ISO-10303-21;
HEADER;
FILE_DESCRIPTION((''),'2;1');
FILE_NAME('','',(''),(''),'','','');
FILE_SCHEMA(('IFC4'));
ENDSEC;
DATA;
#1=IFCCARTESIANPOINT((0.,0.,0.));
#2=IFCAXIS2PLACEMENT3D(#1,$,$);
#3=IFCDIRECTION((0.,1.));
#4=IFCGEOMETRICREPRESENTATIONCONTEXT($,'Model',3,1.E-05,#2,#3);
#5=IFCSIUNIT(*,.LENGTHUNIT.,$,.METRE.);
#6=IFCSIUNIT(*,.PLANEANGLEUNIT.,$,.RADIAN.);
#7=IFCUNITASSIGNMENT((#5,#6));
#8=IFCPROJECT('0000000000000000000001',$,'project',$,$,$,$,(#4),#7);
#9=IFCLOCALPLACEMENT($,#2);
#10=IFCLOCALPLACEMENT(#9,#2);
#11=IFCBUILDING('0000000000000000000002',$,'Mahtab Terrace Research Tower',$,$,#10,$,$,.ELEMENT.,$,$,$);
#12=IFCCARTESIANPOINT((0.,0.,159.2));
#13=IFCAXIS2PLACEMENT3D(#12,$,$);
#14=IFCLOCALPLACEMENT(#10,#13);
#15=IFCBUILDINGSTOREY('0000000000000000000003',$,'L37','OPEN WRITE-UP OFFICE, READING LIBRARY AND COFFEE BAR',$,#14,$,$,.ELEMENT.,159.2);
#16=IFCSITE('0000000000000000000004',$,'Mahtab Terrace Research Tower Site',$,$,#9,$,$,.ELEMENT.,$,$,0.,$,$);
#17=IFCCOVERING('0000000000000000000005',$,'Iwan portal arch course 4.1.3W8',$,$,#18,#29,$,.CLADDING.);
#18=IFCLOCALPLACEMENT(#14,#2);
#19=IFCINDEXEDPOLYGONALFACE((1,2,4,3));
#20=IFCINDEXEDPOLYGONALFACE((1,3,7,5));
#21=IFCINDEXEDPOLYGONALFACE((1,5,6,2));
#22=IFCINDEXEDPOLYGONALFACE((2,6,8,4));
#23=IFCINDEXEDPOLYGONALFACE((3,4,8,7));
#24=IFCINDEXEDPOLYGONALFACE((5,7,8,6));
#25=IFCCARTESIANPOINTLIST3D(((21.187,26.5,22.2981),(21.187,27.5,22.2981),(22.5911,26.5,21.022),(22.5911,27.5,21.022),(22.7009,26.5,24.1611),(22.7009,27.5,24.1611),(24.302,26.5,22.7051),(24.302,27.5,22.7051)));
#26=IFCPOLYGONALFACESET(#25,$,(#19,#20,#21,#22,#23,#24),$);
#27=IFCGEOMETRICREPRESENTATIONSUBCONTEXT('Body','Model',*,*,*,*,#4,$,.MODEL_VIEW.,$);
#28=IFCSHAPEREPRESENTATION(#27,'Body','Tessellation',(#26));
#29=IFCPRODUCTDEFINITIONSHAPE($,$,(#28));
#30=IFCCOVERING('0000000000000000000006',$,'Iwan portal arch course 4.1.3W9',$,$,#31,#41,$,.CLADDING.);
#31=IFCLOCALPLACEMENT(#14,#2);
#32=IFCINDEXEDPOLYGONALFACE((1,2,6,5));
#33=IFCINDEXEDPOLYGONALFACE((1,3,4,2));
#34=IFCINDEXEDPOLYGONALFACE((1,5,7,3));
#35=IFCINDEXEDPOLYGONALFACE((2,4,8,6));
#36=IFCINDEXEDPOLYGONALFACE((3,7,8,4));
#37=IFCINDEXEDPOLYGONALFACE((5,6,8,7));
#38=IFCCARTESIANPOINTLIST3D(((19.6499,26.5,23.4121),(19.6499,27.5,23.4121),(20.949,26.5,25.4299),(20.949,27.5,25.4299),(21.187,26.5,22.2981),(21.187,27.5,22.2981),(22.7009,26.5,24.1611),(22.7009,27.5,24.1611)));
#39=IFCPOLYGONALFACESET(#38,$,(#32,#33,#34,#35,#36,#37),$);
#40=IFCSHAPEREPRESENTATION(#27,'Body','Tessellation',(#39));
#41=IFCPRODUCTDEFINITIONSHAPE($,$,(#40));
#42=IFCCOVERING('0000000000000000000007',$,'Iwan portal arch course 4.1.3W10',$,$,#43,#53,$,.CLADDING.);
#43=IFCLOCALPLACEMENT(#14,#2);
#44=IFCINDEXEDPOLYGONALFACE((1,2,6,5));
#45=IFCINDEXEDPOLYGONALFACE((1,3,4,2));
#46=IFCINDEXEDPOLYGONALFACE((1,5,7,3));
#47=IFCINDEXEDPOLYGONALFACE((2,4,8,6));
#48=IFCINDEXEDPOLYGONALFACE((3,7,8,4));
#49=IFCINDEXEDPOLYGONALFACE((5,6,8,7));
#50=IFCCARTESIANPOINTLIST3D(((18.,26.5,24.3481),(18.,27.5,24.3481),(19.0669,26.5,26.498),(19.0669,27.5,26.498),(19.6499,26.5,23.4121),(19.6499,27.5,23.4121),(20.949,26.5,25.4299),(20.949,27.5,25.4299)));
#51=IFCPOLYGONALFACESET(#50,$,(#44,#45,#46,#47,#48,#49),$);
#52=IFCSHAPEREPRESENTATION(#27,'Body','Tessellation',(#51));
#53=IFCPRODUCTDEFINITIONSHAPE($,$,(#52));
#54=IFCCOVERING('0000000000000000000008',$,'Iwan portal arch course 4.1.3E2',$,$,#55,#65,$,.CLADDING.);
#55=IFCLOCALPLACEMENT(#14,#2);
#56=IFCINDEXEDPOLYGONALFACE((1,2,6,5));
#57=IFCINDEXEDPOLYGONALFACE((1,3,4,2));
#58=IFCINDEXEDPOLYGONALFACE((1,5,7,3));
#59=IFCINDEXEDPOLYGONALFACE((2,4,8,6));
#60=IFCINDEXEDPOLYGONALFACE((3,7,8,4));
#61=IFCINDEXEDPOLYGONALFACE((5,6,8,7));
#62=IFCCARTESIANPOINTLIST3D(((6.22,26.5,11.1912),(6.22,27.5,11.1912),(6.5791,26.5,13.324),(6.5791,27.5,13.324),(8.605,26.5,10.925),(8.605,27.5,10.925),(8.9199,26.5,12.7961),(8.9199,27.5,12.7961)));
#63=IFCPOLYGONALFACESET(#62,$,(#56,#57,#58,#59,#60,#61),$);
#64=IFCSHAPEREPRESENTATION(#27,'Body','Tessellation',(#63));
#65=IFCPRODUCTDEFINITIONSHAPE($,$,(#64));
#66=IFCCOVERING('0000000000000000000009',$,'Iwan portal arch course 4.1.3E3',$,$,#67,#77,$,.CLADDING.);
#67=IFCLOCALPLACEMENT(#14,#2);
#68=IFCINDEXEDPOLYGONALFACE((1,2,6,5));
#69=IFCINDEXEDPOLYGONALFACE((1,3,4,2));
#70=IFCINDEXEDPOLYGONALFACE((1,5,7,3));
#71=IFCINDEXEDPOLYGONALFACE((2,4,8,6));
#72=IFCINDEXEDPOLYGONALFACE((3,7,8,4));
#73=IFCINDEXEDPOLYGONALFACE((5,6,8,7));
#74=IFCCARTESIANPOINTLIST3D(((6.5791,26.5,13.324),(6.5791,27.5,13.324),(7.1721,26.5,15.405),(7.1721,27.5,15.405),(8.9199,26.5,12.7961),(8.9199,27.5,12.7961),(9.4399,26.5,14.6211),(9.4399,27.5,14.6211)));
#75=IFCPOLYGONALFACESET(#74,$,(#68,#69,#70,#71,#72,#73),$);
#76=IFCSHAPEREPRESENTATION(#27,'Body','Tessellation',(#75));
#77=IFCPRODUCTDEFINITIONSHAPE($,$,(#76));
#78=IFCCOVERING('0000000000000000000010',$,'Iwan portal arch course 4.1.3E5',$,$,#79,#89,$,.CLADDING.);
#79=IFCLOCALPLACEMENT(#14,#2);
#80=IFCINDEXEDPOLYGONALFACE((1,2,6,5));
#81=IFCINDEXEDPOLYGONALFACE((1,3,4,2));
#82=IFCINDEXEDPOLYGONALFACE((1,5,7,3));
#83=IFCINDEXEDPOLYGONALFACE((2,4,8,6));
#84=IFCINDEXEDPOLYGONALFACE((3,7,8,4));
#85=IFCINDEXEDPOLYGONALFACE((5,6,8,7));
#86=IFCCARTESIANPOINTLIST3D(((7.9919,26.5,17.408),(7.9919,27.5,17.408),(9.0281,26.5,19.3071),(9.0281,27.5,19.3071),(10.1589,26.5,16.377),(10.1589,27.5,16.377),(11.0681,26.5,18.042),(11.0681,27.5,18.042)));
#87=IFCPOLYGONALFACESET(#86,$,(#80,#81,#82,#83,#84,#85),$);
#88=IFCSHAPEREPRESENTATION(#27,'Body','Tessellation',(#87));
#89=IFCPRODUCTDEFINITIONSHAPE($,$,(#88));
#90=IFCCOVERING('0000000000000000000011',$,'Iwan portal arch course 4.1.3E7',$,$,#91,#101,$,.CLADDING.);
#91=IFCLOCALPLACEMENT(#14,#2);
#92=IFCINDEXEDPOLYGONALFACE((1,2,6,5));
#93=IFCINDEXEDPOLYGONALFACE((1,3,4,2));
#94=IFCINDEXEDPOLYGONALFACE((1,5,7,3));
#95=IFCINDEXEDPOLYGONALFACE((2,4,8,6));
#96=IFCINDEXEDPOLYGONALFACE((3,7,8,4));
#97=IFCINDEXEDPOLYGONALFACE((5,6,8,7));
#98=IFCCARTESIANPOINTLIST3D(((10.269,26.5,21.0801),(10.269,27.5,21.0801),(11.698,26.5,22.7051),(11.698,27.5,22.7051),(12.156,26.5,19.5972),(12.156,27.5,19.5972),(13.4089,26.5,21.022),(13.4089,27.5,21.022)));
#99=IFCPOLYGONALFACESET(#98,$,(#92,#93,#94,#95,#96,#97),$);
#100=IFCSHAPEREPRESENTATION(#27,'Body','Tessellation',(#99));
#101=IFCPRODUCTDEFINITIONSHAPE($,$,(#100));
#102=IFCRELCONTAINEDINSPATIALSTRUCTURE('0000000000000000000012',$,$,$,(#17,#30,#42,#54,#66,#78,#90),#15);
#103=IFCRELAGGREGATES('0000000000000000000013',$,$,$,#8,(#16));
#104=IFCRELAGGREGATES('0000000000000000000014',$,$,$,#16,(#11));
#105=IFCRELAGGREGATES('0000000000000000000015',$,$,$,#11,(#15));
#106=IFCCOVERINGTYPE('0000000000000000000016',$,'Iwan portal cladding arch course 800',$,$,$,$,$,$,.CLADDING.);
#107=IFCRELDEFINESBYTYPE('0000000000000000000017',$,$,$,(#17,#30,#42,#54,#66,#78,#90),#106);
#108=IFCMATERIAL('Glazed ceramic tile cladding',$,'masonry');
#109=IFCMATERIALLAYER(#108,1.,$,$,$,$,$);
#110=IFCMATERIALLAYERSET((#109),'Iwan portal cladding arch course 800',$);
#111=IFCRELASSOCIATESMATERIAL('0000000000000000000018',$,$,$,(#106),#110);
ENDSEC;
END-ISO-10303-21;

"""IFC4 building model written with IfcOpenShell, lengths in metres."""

from ifc_helpers import new_model, si_unit, direction, frame, origin, place, context, subcontext, project, spatial, polyline, outline, extrude, material, layer, layer_set, type_object, element, save


model = new_model("IFC4")

# Units and contexts
model_context = context("Model", 3, precision=1e-05, world=origin(), true_north=direction((0.0, 1.0)))
body_context = subcontext(model_context, "Body", "Model", "MODEL_VIEW")
ifc_project = project(units=[si_unit("LENGTHUNIT", "METRE"), si_unit("PLANEANGLEUNIT", "RADIAN")], contexts=[model_context])

# Site, building, storey
site_placement = place(None, origin())
site = spatial("IfcSite", under=ifc_project, at=site_placement, Name="Mahtab Terrace Research Tower Site", CompositionType="ELEMENT", RefElevation=0.0)
building_placement = place(site_placement, origin())
building = spatial("IfcBuilding", under=site, at=building_placement, Name="Mahtab Terrace Research Tower", CompositionType="ELEMENT")
storey_placement = place(building_placement, frame((0.0, 0.0, 159.2)))
storey = spatial("IfcBuildingStorey", under=building, at=storey_placement, Name="L37", Description="OPEN WRITE-UP OFFICE, READING LIBRARY AND COFFEE BAR", CompositionType="ELEMENT", Elevation=159.2)

# Coverings
ifc_material_1 = material(Name="Glazed ceramic tile cladding", Category="masonry")
ifc_layer = layer(ifc_material_1, 1.0)
ifc_layer_set = layer_set([ifc_layer], Name="Iwan portal cladding arch course 800")
covering_type = type_object("IfcCoveringType", Name="Iwan portal cladding arch course 800", PredefinedType="CLADDING", material=ifc_layer_set)
covering_1_placement = place(storey_placement, frame((24.302, 26.5, 22.7051), z_axis=(0.0, -1.0, 0.0), x_axis=(-0.739818, 0.0, 0.672808)))
element("IfcCovering", 1, at=covering_1_placement, inside=storey, type_object=covering_type, Name="Iwan portal arch course 4.1.3W8", PredefinedType="CLADDING", context=body_context, shape_type="SweptSolid", body=[
    extrude(outline(polyline([(0.0, 0.0), (2.1641, 0.0), (2.0307, 2.3969), (0.1334, 2.3963), (0.0, 0.0)])), origin(), (0.0, 0.0, -1.0), 1.0),
])
covering_2_placement = place(storey_placement, frame((22.7009, 26.5, 24.1611), z_axis=(0.0, -1.0, 0.0), x_axis=(-0.809911, 0.0, 0.586553)))
element("IfcCovering", 2, at=covering_2_placement, inside=storey, type_object=covering_type, Name="Iwan portal arch course 4.1.3W9", PredefinedType="CLADDING", context=body_context, shape_type="SweptSolid", body=[
    extrude(outline(polyline([(0.0, 0.0), (2.1631, 0.0), (2.0317, 2.3962), (0.1334, 2.3969), (0.0, 0.0)])), origin(), (0.0, 0.0, -1.0), 1.0),
])
covering_3_placement = place(storey_placement, frame((20.949, 26.5, 25.4299), z_axis=(0.0, -1.0, 0.0), x_axis=(-0.869704, 0.0, 0.493573)))
element("IfcCovering", 3, at=covering_3_placement, inside=storey, type_object=covering_type, Name="Iwan portal arch course 4.1.3W10", PredefinedType="CLADDING", context=body_context, shape_type="SweptSolid", body=[
    extrude(outline(polyline([(0.0, 0.0), (2.164, 0.0), (2.0308, 2.3964), (0.1339, 2.3961), (0.0, 0.0)])), origin(), (0.0, 0.0, -1.0), 1.0),
])
covering_4_placement = place(storey_placement, frame((8.605, 26.5, 10.925), z_axis=(0.0, -1.0, 0.0), x_axis=(0.165985, 0.0, 0.986128)))
element("IfcCovering", 4, at=covering_4_placement, inside=storey, type_object=covering_type, Name="Iwan portal arch course 4.1.3E2", PredefinedType="CLADDING", context=body_context, shape_type="SweptSolid", body=[
    extrude(outline(polyline([(0.0, 0.0), (1.8974, 0.0), (2.0294, 2.396), (-0.1335, 2.3961), (0.0, 0.0)])), origin(), (0.0, 0.0, -1.0), 1.0),
])
covering_5_placement = place(storey_placement, frame((8.9199, 26.5, 12.7961), z_axis=(0.0, -1.0, 0.0), x_axis=(0.274041, 0.0, 0.961718)))
element("IfcCovering", 5, at=covering_5_placement, inside=storey, type_object=covering_type, Name="Iwan portal arch course 4.1.3E3", PredefinedType="CLADDING", context=body_context, shape_type="SweptSolid", body=[
    extrude(outline(polyline([(0.0, 0.0), (1.8976, 0.0), (2.03, 2.3958), (-0.1339, 2.3959), (0.0, 0.0)])), origin(), (0.0, 0.0, -1.0), 1.0),
])
covering_6_placement = place(storey_placement, frame((10.1589, 26.5, 16.377), z_axis=(0.0, -1.0, 0.0), x_axis=(0.479249, 0.0, 0.877679)))
element("IfcCovering", 6, at=covering_6_placement, inside=storey, type_object=covering_type, Name="Iwan portal arch course 4.1.3E5", PredefinedType="CLADDING", context=body_context, shape_type="SweptSolid", body=[
    extrude(outline(polyline([(0.0, 0.0), (1.8971, 0.0), (2.0298, 2.3968), (-0.1336, 2.396), (0.0, 0.0)])), origin(), (0.0, 0.0, -1.0), 1.0),
])
covering_7_placement = place(storey_placement, frame((12.156, 26.5, 19.5972), z_axis=(0.0, -1.0, 0.0), x_axis=(0.660361, 0.0, 0.750948)))
element("IfcCovering", 7, at=covering_7_placement, inside=storey, type_object=covering_type, Name="Iwan portal arch course 4.1.3E7", PredefinedType="CLADDING", context=body_context, shape_type="SweptSolid", body=[
    extrude(outline(polyline([(0.0, 0.0), (1.8973, 0.0), (2.0314, 2.3963), (-0.1325, 2.3963), (0.0, 0.0)])), origin(), (0.0, 0.0, -1.0), 1.0),
])

save(model, "model.ifc")
